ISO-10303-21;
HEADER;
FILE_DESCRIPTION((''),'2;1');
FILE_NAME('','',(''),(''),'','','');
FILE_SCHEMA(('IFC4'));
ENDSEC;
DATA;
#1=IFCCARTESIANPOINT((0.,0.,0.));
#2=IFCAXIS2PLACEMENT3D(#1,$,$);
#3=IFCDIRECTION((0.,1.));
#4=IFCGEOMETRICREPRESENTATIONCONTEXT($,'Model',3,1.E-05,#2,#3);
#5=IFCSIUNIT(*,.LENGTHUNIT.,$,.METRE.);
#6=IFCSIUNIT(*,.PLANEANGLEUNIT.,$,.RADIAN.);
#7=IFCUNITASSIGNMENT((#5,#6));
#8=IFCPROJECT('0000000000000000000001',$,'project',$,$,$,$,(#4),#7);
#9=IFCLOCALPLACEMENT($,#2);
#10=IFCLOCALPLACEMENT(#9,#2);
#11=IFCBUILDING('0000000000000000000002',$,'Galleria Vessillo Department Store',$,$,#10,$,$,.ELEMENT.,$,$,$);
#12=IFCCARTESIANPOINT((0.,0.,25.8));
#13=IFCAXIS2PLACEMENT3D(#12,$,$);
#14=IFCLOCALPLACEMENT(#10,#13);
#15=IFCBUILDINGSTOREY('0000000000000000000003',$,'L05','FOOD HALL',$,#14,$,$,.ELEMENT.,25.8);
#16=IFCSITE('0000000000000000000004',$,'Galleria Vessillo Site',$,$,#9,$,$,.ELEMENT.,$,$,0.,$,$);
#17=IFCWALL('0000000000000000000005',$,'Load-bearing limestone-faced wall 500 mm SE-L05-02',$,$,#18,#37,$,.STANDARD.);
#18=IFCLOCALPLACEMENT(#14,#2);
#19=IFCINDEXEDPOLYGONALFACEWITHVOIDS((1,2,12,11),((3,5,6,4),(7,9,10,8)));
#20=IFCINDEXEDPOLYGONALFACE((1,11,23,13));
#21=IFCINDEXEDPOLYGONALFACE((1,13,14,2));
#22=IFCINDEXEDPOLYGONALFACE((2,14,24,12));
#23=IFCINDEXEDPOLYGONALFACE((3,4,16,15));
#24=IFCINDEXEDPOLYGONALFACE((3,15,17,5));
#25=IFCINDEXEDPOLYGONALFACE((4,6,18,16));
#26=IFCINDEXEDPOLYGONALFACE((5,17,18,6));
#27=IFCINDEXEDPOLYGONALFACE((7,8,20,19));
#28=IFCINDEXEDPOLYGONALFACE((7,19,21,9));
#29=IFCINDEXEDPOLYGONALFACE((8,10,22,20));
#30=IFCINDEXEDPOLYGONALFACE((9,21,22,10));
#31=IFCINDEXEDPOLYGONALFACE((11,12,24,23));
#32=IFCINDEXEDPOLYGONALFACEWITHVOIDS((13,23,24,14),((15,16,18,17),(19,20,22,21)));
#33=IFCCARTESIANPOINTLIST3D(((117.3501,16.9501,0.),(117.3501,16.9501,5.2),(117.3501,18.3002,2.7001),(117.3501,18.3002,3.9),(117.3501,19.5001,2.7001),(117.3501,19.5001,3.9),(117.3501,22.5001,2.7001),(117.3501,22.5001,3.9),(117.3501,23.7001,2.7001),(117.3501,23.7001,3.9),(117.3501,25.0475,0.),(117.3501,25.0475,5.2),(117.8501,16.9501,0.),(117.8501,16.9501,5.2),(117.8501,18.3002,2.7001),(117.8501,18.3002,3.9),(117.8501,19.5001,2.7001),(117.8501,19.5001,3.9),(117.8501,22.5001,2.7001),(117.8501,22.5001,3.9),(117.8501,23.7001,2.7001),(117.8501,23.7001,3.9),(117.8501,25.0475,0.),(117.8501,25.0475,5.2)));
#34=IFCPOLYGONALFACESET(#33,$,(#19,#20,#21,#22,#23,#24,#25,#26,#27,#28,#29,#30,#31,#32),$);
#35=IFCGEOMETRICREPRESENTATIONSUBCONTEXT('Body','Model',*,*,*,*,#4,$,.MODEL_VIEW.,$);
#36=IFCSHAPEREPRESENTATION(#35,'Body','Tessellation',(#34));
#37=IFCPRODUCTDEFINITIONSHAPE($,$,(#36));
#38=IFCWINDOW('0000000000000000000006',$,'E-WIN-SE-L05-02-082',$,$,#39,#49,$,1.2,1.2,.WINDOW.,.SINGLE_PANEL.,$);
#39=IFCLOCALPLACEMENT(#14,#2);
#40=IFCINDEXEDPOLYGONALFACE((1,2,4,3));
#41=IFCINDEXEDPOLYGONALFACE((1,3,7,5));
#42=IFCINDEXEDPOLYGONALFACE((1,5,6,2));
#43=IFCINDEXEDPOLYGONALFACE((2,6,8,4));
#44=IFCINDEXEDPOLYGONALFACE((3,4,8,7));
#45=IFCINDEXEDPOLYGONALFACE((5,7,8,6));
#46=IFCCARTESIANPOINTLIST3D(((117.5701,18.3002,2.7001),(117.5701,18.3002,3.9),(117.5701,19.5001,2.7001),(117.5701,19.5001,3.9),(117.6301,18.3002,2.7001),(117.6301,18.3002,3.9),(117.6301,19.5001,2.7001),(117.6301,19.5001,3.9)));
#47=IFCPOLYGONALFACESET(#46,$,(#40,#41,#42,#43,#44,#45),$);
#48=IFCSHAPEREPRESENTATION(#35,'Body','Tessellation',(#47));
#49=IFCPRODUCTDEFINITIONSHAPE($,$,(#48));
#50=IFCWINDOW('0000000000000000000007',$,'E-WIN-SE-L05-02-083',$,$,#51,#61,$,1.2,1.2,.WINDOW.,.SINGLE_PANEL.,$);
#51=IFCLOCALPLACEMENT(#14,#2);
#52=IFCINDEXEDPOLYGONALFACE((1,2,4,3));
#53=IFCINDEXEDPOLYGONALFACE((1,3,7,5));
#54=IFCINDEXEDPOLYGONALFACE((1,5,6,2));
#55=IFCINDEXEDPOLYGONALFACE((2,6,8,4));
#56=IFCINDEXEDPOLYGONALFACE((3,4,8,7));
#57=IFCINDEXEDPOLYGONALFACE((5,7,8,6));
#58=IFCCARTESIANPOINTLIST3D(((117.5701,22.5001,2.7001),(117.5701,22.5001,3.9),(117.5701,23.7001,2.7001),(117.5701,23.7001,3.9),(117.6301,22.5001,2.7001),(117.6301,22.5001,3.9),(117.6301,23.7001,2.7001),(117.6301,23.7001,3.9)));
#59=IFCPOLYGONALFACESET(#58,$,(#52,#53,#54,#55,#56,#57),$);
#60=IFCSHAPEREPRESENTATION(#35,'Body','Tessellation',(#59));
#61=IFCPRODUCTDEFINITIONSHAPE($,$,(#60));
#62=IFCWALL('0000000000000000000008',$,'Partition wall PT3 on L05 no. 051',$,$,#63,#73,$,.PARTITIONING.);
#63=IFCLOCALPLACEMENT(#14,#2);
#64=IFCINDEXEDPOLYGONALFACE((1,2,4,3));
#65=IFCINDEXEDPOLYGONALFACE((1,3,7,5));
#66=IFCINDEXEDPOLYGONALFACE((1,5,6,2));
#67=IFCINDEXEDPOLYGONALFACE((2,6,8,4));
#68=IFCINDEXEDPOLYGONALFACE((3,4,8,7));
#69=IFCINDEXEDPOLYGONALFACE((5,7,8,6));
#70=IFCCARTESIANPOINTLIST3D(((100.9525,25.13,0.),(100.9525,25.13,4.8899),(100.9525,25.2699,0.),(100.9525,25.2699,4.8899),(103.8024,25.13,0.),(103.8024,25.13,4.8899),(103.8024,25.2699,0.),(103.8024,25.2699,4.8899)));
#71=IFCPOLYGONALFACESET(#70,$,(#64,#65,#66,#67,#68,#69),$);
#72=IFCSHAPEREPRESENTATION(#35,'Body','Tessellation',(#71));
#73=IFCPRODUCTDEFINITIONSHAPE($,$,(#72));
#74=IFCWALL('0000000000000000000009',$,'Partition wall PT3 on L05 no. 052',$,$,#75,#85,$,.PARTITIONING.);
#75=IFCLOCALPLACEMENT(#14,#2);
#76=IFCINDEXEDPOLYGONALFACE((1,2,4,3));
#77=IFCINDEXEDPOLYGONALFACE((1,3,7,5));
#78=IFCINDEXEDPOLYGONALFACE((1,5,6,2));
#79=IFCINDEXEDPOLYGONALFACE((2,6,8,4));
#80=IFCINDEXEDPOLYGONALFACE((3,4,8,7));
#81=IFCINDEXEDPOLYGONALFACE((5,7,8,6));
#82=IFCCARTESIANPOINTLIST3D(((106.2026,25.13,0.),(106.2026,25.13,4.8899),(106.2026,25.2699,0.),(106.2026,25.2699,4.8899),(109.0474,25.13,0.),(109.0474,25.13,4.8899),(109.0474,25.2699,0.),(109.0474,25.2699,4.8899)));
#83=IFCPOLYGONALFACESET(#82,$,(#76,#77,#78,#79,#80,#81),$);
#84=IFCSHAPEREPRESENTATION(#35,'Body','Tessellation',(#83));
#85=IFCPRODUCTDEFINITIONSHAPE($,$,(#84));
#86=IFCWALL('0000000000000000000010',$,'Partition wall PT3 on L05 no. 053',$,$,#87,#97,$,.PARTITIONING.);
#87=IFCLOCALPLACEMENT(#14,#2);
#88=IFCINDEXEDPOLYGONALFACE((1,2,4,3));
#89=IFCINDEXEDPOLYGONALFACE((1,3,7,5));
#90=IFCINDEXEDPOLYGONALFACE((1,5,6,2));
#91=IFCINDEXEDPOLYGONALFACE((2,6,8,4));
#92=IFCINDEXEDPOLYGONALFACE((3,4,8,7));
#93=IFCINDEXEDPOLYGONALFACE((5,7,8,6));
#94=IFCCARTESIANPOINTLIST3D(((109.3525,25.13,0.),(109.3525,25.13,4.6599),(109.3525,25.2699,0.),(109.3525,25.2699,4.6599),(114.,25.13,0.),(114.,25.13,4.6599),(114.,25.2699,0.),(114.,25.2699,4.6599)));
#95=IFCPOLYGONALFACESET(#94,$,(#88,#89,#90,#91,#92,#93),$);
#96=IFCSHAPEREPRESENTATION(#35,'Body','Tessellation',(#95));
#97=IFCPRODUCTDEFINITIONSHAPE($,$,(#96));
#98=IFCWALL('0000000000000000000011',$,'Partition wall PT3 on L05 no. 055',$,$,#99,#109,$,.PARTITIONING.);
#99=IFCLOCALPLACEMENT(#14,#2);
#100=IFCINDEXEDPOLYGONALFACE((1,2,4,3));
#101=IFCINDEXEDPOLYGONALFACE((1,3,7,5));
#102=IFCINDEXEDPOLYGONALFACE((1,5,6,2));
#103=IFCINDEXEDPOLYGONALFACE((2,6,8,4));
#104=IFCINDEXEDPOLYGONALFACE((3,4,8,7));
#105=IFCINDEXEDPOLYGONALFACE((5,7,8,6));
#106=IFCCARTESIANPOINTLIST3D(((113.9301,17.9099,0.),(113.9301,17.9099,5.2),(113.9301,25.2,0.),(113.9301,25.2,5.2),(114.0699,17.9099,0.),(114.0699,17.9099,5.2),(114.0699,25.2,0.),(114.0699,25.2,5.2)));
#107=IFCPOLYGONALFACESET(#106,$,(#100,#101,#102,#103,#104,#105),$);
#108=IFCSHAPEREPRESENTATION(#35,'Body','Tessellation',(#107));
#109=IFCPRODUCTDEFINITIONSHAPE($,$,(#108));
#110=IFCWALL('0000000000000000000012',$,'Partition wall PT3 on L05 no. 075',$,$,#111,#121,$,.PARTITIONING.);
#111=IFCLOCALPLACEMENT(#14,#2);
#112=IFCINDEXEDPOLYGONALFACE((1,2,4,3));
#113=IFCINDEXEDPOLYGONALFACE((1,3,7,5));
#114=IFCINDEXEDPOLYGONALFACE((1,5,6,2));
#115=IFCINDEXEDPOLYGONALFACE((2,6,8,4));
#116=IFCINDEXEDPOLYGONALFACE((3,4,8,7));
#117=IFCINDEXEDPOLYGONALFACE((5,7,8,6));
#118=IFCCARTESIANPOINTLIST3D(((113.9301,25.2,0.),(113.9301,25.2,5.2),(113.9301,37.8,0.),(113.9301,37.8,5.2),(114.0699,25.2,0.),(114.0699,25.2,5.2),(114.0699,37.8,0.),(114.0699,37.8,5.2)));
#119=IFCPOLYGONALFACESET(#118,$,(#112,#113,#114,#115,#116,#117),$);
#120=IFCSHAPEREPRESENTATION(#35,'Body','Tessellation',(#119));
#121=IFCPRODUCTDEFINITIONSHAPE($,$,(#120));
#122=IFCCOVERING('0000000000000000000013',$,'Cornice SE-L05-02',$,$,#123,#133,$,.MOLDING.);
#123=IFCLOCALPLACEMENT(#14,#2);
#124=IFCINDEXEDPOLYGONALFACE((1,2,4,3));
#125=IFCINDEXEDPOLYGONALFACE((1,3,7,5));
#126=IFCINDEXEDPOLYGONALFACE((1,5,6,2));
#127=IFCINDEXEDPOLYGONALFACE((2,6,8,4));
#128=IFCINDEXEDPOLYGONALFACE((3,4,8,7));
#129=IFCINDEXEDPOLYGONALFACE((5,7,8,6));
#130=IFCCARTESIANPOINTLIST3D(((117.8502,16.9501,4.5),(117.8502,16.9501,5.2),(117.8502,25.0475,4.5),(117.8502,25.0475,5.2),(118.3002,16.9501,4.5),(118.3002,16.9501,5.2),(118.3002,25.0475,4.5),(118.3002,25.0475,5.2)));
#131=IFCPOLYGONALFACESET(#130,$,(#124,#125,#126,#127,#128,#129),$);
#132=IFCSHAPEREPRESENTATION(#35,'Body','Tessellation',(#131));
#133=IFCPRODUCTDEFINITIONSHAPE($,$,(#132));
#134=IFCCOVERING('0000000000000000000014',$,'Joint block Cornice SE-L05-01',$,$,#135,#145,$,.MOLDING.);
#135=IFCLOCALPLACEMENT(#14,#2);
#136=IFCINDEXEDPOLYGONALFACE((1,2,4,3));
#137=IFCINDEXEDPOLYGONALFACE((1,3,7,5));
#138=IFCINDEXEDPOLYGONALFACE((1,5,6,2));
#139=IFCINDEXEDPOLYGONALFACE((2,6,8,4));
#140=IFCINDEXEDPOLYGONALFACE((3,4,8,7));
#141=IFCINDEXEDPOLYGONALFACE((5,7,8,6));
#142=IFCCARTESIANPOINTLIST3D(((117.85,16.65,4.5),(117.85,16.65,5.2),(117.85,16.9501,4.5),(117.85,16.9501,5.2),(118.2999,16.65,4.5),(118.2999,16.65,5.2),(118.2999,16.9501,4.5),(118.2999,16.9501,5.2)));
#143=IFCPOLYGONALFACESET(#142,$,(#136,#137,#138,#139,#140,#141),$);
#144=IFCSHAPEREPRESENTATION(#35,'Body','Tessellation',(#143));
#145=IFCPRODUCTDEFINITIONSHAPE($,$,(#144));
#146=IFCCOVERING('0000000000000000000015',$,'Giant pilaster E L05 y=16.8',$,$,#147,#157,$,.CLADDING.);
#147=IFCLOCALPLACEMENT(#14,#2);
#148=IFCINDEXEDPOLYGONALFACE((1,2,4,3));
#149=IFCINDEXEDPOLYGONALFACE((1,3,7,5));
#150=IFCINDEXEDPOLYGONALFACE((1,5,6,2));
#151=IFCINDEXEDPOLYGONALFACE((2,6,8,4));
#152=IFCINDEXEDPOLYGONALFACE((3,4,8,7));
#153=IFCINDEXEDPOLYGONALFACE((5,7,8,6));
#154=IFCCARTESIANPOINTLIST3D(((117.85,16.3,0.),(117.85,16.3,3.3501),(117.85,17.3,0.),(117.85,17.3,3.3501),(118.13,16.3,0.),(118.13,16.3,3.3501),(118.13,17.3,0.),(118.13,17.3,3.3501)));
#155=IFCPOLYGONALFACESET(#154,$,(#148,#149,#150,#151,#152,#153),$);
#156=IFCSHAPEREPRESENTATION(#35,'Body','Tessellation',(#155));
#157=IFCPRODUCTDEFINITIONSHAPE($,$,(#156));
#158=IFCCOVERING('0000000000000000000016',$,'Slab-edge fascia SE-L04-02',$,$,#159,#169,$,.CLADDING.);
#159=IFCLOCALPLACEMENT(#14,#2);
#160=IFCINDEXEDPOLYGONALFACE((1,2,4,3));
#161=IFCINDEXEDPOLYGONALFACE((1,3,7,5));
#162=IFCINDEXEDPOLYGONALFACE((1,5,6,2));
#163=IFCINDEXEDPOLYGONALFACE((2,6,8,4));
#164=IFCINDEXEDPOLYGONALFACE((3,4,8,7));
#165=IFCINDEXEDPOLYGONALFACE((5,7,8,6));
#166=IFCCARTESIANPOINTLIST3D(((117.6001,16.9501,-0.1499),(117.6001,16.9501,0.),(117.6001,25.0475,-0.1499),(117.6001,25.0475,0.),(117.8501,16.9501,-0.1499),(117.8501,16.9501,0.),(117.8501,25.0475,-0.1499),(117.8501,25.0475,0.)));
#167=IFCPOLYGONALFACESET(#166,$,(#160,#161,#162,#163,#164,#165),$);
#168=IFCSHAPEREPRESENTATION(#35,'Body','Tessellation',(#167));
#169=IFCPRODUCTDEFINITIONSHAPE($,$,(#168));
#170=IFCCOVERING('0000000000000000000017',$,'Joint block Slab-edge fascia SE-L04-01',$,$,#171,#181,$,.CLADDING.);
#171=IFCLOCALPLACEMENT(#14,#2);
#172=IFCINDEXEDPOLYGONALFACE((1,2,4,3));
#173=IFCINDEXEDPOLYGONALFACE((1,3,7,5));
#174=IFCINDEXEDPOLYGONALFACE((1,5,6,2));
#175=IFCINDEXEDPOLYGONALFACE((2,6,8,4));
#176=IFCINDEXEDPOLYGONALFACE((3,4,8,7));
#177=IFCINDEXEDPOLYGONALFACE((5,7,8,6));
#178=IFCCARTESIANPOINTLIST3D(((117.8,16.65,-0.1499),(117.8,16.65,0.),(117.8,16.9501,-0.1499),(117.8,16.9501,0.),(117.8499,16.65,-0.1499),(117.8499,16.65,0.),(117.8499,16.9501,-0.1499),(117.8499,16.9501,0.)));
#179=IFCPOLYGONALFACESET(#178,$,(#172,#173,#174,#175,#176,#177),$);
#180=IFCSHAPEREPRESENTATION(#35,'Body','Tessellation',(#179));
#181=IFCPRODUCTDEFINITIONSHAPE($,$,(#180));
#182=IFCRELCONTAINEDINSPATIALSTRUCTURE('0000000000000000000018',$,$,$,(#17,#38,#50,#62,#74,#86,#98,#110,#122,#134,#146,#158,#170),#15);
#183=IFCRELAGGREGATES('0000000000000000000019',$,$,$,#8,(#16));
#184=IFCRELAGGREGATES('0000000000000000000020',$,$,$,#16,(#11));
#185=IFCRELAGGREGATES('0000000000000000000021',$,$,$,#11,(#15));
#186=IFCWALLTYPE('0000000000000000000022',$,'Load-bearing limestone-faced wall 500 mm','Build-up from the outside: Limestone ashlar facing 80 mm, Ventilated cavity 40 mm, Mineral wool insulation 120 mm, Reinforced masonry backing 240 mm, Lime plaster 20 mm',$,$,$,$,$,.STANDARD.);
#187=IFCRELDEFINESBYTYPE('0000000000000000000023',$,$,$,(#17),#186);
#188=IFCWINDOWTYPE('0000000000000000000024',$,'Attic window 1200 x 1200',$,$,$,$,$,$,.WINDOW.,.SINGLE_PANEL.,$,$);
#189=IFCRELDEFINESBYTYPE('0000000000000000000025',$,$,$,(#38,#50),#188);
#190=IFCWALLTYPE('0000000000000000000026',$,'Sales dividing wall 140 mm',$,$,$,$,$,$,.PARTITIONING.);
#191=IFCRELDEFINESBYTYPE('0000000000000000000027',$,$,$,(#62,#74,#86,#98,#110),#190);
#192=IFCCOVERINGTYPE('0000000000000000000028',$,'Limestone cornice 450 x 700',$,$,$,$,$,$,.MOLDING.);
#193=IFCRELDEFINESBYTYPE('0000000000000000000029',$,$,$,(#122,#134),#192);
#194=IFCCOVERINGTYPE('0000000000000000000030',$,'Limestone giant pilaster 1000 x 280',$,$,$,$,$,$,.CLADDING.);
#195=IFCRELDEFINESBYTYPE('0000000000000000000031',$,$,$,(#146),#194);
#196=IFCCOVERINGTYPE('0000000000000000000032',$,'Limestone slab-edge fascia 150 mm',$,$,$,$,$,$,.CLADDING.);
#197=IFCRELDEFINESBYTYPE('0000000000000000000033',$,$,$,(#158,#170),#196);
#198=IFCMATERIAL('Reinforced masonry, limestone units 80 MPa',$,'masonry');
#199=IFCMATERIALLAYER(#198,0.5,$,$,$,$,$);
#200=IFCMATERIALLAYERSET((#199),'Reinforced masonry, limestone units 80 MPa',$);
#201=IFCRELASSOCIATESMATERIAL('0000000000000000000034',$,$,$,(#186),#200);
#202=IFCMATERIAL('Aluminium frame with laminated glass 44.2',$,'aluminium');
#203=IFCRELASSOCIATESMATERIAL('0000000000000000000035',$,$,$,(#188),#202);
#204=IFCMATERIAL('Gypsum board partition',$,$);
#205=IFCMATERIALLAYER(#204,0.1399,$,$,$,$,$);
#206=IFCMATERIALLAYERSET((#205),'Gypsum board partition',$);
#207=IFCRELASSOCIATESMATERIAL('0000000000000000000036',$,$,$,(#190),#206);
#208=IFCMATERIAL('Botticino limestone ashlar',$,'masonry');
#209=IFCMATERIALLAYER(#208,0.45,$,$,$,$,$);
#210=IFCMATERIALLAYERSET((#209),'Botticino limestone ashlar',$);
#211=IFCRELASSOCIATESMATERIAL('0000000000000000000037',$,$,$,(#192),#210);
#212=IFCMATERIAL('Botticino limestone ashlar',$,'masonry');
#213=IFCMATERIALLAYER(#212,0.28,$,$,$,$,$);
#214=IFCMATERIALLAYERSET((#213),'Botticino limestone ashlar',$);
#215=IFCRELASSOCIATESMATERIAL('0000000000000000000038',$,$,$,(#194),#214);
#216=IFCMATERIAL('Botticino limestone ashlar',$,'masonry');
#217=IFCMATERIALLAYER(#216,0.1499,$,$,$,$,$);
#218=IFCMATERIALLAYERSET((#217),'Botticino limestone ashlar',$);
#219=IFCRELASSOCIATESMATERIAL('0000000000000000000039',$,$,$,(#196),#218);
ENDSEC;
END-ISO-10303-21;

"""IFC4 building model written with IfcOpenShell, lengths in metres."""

from ifc_helpers import new_model, si_unit, direction, frame, frame_2d, origin, origin_2d, place, context, subcontext, project, spatial, rectangle, extrude, material, layer, layer_set, type_object, element, fill, save


model = new_model("IFC4")

# Units and contexts
model_context = context("Model", 3, precision=1e-05, world=origin(), true_north=direction((0.0, 1.0)))
body_context = subcontext(model_context, "Body", "Model", "MODEL_VIEW")
ifc_project = project(units=[si_unit("LENGTHUNIT", "METRE"), si_unit("PLANEANGLEUNIT", "RADIAN")], contexts=[model_context])

# Site, building, storey
site_placement = place(None, origin())
site = spatial("IfcSite", under=ifc_project, at=site_placement, Name="Galleria Vessillo Site", CompositionType="ELEMENT", RefElevation=0.0)
building_placement = place(site_placement, origin())
building = spatial("IfcBuilding", under=site, at=building_placement, Name="Galleria Vessillo Department Store", CompositionType="ELEMENT")
storey_placement = place(building_placement, frame((0.0, 0.0, 25.8)))
storey = spatial("IfcBuildingStorey", under=building, at=storey_placement, Name="L05", Description="FOOD HALL", CompositionType="ELEMENT", Elevation=25.8)

# Wall, openings, windows
ifc_material_1 = material(Name="Reinforced masonry, limestone units 80 MPa", Category="masonry")
ifc_layer_1 = layer(ifc_material_1, 0.5)
ifc_layer_set_1 = layer_set([ifc_layer_1], Name="Reinforced masonry, limestone units 80 MPa")
wall_type_1 = type_object("IfcWallType", Name="Load-bearing limestone-faced wall 500 mm", Description="Build-up from the outside: Limestone ashlar facing 80 mm, Ventilated cavity 40 mm, Mineral wool insulation 120 mm, Reinforced masonry backing 240 mm, Lime plaster 20 mm", PredefinedType="STANDARD", material=ifc_layer_set_1)
wall_1_placement = place(storey_placement, frame((117.6001, 16.95, 0.0), z_axis=(0.0, 0.0, 1.0), x_axis=(0.0, 1.0, 0.0)))
wall_1 = element("IfcWall", 1, at=wall_1_placement, inside=storey, type_object=wall_type_1, Name="Load-bearing limestone-faced wall 500 mm SE-L05-02", PredefinedType="STANDARD", context=body_context, shape_type="SweptSolid", body=[
    extrude(rectangle(XDim=8.0974, YDim=0.5, at=frame_2d((4.0488, 0.0))), origin(), (0.0, 0.0, 1.0), 5.2),
])
opening_1_placement = place(wall_1_placement, frame((1.3501, 0.0, 2.7)))
opening_1 = element("IfcOpeningElement", 2, at=opening_1_placement, cuts=wall_1, PredefinedType="OPENING", context=body_context, shape_type="SweptSolid", body=[
    extrude(rectangle(XDim=1.2, YDim=1.2, at=frame_2d((0.6001, 0.6001))), frame((0.0, 0.26, 0.0), z_axis=(0.0, -1.0, 0.0), x_axis=(1.0, 0.0, 0.0)), (0.0, 0.0, 1.0), 0.52),
])
opening_2_placement = place(wall_1_placement, frame((5.55, 0.0, 2.7)))
opening_2 = element("IfcOpeningElement", 3, at=opening_2_placement, cuts=wall_1, PredefinedType="OPENING", context=body_context, shape_type="SweptSolid", body=[
    extrude(rectangle(XDim=1.2, YDim=1.2, at=frame_2d((0.6001, 0.6001))), frame((0.0, 0.26, 0.0), z_axis=(0.0, -1.0, 0.0), x_axis=(1.0, 0.0, 0.0)), (0.0, 0.0, 1.0), 0.52),
])
ifc_material_2 = material(Name="Aluminium frame with laminated glass 44.2", Category="aluminium")
window_type = type_object("IfcWindowType", Name="Attic window 1200 x 1200", PartitioningType="SINGLE_PANEL", PredefinedType="WINDOW", material=ifc_material_2)
window_1_placement = place(opening_1_placement, origin())
window_1 = element("IfcWindow", 4, at=window_1_placement, inside=storey, type_object=window_type, Name="E-WIN-SE-L05-02-082", OverallHeight=1.2, OverallWidth=1.2, PartitioningType="SINGLE_PANEL", PredefinedType="WINDOW", context=body_context, shape_type="SweptSolid", body=[
    extrude(rectangle(XDim=1.2, YDim=1.2, at=frame_2d((0.6001, 0.6001))), frame((0.0, 0.03, 0.0), z_axis=(0.0, -1.0, 0.0), x_axis=(1.0, 0.0, 0.0)), (0.0, 0.0, 1.0), 0.0601),
])
fill(opening_1, window_1)
window_2_placement = place(opening_2_placement, origin())
window_2 = element("IfcWindow", 5, at=window_2_placement, inside=storey, type_object=window_type, Name="E-WIN-SE-L05-02-083", OverallHeight=1.2, OverallWidth=1.2, PartitioningType="SINGLE_PANEL", PredefinedType="WINDOW", context=body_context, shape_type="SweptSolid", body=[
    extrude(rectangle(XDim=1.2, YDim=1.2, at=frame_2d((0.6001, 0.6001))), frame((0.0, 0.03, 0.0), z_axis=(0.0, -1.0, 0.0), x_axis=(1.0, 0.0, 0.0)), (0.0, 0.0, 1.0), 0.0601),
])
fill(opening_2, window_2)

# Walls
ifc_material_3 = material(Name="Gypsum board partition")
ifc_layer_2 = layer(ifc_material_3, 0.1399)
ifc_layer_set_2 = layer_set([ifc_layer_2], Name="Gypsum board partition")
wall_type_2 = type_object("IfcWallType", Name="Sales dividing wall 140 mm", PredefinedType="PARTITIONING", material=ifc_layer_set_2)
wall_2_placement = place(storey_placement, frame((100.9526, 25.2, 0.0), z_axis=(0.0, 0.0, 1.0), x_axis=(1.0, 0.0, 0.0)))
element("IfcWall", 6, at=wall_2_placement, inside=storey, type_object=wall_type_2, Name="Partition wall PT3 on L05 no. 051", PredefinedType="PARTITIONING", context=body_context, shape_type="SweptSolid", body=[
    extrude(rectangle(XDim=2.8499, YDim=0.1399, at=frame_2d((1.4248, 0.0))), origin(), (0.0, 0.0, 1.0), 4.8899),
])
wall_3_placement = place(storey_placement, frame((106.2026, 25.2, 0.0), z_axis=(0.0, 0.0, 1.0), x_axis=(1.0, 0.0, 0.0)))
element("IfcWall", 7, at=wall_3_placement, inside=storey, type_object=wall_type_2, Name="Partition wall PT3 on L05 no. 052", PredefinedType="PARTITIONING", context=body_context, shape_type="SweptSolid", body=[
    extrude(rectangle(XDim=2.8447, YDim=0.1399, at=frame_2d((1.4224, 0.0))), origin(), (0.0, 0.0, 1.0), 4.8899),
])
wall_4_placement = place(storey_placement, frame((109.3525, 25.2, 0.0), z_axis=(0.0, 0.0, 1.0), x_axis=(1.0, 0.0, 0.0)))
element("IfcWall", 8, at=wall_4_placement, inside=storey, type_object=wall_type_2, Name="Partition wall PT3 on L05 no. 053", PredefinedType="PARTITIONING", context=body_context, shape_type="SweptSolid", body=[
    extrude(rectangle(XDim=4.6475, YDim=0.1399, at=frame_2d((2.3237, 0.0))), origin(), (0.0, 0.0, 1.0), 4.6599),
])
wall_5_placement = place(storey_placement, frame((114.0, 17.9099, 0.0), z_axis=(0.0, 0.0, 1.0), x_axis=(0.0, 1.0, 0.0)))
element("IfcWall", 9, at=wall_5_placement, inside=storey, type_object=wall_type_2, Name="Partition wall PT3 on L05 no. 055", PredefinedType="PARTITIONING", context=body_context, shape_type="SweptSolid", body=[
    extrude(rectangle(XDim=7.29, YDim=0.1399, at=frame_2d((3.645, 0.0))), origin(), (0.0, 0.0, 1.0), 5.2),
])
wall_6_placement = place(storey_placement, frame((114.0, 25.2, 0.0), z_axis=(0.0, 0.0, 1.0), x_axis=(0.0, 1.0, 0.0)))
element("IfcWall", 10, at=wall_6_placement, inside=storey, type_object=wall_type_2, Name="Partition wall PT3 on L05 no. 075", PredefinedType="PARTITIONING", context=body_context, shape_type="SweptSolid", body=[
    extrude(rectangle(XDim=12.6001, YDim=0.1399, at=frame_2d((6.3, 0.0))), origin(), (0.0, 0.0, 1.0), 5.2),
])

# Coverings
ifc_material_4 = material(Name="Botticino limestone ashlar", Category="masonry")
ifc_layer_3 = layer(ifc_material_4, 0.45)
ifc_layer_set_3 = layer_set([ifc_layer_3], Name="Botticino limestone ashlar")
covering_type_1 = type_object("IfcCoveringType", Name="Limestone cornice 450 x 700", PredefinedType="MOLDING", material=ifc_layer_set_3)
covering_1_placement = place(storey_placement, frame((118.0752, 20.9988, 4.5), z_axis=(0.0, 0.0, 1.0), x_axis=(1.0, 0.0, 0.0)))
element("IfcCovering", 11, at=covering_1_placement, inside=storey, type_object=covering_type_1, Name="Cornice SE-L05-02", PredefinedType="MOLDING", context=body_context, shape_type="SweptSolid", body=[
    extrude(rectangle(XDim=0.45, YDim=8.0974, at=origin_2d()), origin(), (0.0, 0.0, 1.0), 0.7),
])
covering_2_placement = place(storey_placement, frame((118.075, 16.8, 4.5), z_axis=(0.0, 0.0, 1.0), x_axis=(1.0, 0.0, 0.0)))
element("IfcCovering", 12, at=covering_2_placement, inside=storey, type_object=covering_type_1, Name="Joint block Cornice SE-L05-01", PredefinedType="MOLDING", context=body_context, shape_type="SweptSolid", body=[
    extrude(rectangle(XDim=0.45, YDim=0.3, at=origin_2d()), origin(), (0.0, 0.0, 1.0), 0.7),
])
ifc_material_5 = material(Name="Botticino limestone ashlar", Category="masonry")
ifc_layer_4 = layer(ifc_material_5, 0.28)
ifc_layer_set_4 = layer_set([ifc_layer_4], Name="Botticino limestone ashlar")
covering_type_2 = type_object("IfcCoveringType", Name="Limestone giant pilaster 1000 x 280", PredefinedType="CLADDING", material=ifc_layer_set_4)
covering_3_placement = place(storey_placement, frame((117.99, 16.8, 0.0), z_axis=(0.0, 0.0, 1.0), x_axis=(1.0, 0.0, 0.0)))
element("IfcCovering", 13, at=covering_3_placement, inside=storey, type_object=covering_type_2, Name="Giant pilaster E L05 y=16.8", PredefinedType="CLADDING", context=body_context, shape_type="SweptSolid", body=[
    extrude(rectangle(XDim=0.28, YDim=1.0, at=origin_2d()), origin(), (0.0, 0.0, 1.0), 3.3501),
])
ifc_material_6 = material(Name="Botticino limestone ashlar", Category="masonry")
ifc_layer_5 = layer(ifc_material_6, 0.1499)
ifc_layer_set_5 = layer_set([ifc_layer_5], Name="Botticino limestone ashlar")
covering_type_3 = type_object("IfcCoveringType", Name="Limestone slab-edge fascia 150 mm", PredefinedType="CLADDING", material=ifc_layer_set_5)
covering_4_placement = place(storey_placement, frame((117.7251, 20.9988, -0.1499), z_axis=(0.0, 0.0, 1.0), x_axis=(1.0, 0.0, 0.0)))
element("IfcCovering", 14, at=covering_4_placement, inside=storey, type_object=covering_type_3, Name="Slab-edge fascia SE-L04-02", PredefinedType="CLADDING", context=body_context, shape_type="SweptSolid", body=[
    extrude(rectangle(XDim=0.25, YDim=8.0974, at=origin_2d()), origin(), (0.0, 0.0, 1.0), 0.1499),
])
covering_5_placement = place(storey_placement, frame((117.825, 16.8, -0.1499), z_axis=(0.0, 0.0, 1.0), x_axis=(1.0, 0.0, 0.0)))
element("IfcCovering", 15, at=covering_5_placement, inside=storey, type_object=covering_type_3, Name="Joint block Slab-edge fascia SE-L04-01", PredefinedType="CLADDING", context=body_context, shape_type="SweptSolid", body=[
    extrude(rectangle(XDim=0.0498, YDim=0.3, at=origin_2d()), origin(), (0.0, 0.0, 1.0), 0.1499),
])

save(model, "model.ifc")
